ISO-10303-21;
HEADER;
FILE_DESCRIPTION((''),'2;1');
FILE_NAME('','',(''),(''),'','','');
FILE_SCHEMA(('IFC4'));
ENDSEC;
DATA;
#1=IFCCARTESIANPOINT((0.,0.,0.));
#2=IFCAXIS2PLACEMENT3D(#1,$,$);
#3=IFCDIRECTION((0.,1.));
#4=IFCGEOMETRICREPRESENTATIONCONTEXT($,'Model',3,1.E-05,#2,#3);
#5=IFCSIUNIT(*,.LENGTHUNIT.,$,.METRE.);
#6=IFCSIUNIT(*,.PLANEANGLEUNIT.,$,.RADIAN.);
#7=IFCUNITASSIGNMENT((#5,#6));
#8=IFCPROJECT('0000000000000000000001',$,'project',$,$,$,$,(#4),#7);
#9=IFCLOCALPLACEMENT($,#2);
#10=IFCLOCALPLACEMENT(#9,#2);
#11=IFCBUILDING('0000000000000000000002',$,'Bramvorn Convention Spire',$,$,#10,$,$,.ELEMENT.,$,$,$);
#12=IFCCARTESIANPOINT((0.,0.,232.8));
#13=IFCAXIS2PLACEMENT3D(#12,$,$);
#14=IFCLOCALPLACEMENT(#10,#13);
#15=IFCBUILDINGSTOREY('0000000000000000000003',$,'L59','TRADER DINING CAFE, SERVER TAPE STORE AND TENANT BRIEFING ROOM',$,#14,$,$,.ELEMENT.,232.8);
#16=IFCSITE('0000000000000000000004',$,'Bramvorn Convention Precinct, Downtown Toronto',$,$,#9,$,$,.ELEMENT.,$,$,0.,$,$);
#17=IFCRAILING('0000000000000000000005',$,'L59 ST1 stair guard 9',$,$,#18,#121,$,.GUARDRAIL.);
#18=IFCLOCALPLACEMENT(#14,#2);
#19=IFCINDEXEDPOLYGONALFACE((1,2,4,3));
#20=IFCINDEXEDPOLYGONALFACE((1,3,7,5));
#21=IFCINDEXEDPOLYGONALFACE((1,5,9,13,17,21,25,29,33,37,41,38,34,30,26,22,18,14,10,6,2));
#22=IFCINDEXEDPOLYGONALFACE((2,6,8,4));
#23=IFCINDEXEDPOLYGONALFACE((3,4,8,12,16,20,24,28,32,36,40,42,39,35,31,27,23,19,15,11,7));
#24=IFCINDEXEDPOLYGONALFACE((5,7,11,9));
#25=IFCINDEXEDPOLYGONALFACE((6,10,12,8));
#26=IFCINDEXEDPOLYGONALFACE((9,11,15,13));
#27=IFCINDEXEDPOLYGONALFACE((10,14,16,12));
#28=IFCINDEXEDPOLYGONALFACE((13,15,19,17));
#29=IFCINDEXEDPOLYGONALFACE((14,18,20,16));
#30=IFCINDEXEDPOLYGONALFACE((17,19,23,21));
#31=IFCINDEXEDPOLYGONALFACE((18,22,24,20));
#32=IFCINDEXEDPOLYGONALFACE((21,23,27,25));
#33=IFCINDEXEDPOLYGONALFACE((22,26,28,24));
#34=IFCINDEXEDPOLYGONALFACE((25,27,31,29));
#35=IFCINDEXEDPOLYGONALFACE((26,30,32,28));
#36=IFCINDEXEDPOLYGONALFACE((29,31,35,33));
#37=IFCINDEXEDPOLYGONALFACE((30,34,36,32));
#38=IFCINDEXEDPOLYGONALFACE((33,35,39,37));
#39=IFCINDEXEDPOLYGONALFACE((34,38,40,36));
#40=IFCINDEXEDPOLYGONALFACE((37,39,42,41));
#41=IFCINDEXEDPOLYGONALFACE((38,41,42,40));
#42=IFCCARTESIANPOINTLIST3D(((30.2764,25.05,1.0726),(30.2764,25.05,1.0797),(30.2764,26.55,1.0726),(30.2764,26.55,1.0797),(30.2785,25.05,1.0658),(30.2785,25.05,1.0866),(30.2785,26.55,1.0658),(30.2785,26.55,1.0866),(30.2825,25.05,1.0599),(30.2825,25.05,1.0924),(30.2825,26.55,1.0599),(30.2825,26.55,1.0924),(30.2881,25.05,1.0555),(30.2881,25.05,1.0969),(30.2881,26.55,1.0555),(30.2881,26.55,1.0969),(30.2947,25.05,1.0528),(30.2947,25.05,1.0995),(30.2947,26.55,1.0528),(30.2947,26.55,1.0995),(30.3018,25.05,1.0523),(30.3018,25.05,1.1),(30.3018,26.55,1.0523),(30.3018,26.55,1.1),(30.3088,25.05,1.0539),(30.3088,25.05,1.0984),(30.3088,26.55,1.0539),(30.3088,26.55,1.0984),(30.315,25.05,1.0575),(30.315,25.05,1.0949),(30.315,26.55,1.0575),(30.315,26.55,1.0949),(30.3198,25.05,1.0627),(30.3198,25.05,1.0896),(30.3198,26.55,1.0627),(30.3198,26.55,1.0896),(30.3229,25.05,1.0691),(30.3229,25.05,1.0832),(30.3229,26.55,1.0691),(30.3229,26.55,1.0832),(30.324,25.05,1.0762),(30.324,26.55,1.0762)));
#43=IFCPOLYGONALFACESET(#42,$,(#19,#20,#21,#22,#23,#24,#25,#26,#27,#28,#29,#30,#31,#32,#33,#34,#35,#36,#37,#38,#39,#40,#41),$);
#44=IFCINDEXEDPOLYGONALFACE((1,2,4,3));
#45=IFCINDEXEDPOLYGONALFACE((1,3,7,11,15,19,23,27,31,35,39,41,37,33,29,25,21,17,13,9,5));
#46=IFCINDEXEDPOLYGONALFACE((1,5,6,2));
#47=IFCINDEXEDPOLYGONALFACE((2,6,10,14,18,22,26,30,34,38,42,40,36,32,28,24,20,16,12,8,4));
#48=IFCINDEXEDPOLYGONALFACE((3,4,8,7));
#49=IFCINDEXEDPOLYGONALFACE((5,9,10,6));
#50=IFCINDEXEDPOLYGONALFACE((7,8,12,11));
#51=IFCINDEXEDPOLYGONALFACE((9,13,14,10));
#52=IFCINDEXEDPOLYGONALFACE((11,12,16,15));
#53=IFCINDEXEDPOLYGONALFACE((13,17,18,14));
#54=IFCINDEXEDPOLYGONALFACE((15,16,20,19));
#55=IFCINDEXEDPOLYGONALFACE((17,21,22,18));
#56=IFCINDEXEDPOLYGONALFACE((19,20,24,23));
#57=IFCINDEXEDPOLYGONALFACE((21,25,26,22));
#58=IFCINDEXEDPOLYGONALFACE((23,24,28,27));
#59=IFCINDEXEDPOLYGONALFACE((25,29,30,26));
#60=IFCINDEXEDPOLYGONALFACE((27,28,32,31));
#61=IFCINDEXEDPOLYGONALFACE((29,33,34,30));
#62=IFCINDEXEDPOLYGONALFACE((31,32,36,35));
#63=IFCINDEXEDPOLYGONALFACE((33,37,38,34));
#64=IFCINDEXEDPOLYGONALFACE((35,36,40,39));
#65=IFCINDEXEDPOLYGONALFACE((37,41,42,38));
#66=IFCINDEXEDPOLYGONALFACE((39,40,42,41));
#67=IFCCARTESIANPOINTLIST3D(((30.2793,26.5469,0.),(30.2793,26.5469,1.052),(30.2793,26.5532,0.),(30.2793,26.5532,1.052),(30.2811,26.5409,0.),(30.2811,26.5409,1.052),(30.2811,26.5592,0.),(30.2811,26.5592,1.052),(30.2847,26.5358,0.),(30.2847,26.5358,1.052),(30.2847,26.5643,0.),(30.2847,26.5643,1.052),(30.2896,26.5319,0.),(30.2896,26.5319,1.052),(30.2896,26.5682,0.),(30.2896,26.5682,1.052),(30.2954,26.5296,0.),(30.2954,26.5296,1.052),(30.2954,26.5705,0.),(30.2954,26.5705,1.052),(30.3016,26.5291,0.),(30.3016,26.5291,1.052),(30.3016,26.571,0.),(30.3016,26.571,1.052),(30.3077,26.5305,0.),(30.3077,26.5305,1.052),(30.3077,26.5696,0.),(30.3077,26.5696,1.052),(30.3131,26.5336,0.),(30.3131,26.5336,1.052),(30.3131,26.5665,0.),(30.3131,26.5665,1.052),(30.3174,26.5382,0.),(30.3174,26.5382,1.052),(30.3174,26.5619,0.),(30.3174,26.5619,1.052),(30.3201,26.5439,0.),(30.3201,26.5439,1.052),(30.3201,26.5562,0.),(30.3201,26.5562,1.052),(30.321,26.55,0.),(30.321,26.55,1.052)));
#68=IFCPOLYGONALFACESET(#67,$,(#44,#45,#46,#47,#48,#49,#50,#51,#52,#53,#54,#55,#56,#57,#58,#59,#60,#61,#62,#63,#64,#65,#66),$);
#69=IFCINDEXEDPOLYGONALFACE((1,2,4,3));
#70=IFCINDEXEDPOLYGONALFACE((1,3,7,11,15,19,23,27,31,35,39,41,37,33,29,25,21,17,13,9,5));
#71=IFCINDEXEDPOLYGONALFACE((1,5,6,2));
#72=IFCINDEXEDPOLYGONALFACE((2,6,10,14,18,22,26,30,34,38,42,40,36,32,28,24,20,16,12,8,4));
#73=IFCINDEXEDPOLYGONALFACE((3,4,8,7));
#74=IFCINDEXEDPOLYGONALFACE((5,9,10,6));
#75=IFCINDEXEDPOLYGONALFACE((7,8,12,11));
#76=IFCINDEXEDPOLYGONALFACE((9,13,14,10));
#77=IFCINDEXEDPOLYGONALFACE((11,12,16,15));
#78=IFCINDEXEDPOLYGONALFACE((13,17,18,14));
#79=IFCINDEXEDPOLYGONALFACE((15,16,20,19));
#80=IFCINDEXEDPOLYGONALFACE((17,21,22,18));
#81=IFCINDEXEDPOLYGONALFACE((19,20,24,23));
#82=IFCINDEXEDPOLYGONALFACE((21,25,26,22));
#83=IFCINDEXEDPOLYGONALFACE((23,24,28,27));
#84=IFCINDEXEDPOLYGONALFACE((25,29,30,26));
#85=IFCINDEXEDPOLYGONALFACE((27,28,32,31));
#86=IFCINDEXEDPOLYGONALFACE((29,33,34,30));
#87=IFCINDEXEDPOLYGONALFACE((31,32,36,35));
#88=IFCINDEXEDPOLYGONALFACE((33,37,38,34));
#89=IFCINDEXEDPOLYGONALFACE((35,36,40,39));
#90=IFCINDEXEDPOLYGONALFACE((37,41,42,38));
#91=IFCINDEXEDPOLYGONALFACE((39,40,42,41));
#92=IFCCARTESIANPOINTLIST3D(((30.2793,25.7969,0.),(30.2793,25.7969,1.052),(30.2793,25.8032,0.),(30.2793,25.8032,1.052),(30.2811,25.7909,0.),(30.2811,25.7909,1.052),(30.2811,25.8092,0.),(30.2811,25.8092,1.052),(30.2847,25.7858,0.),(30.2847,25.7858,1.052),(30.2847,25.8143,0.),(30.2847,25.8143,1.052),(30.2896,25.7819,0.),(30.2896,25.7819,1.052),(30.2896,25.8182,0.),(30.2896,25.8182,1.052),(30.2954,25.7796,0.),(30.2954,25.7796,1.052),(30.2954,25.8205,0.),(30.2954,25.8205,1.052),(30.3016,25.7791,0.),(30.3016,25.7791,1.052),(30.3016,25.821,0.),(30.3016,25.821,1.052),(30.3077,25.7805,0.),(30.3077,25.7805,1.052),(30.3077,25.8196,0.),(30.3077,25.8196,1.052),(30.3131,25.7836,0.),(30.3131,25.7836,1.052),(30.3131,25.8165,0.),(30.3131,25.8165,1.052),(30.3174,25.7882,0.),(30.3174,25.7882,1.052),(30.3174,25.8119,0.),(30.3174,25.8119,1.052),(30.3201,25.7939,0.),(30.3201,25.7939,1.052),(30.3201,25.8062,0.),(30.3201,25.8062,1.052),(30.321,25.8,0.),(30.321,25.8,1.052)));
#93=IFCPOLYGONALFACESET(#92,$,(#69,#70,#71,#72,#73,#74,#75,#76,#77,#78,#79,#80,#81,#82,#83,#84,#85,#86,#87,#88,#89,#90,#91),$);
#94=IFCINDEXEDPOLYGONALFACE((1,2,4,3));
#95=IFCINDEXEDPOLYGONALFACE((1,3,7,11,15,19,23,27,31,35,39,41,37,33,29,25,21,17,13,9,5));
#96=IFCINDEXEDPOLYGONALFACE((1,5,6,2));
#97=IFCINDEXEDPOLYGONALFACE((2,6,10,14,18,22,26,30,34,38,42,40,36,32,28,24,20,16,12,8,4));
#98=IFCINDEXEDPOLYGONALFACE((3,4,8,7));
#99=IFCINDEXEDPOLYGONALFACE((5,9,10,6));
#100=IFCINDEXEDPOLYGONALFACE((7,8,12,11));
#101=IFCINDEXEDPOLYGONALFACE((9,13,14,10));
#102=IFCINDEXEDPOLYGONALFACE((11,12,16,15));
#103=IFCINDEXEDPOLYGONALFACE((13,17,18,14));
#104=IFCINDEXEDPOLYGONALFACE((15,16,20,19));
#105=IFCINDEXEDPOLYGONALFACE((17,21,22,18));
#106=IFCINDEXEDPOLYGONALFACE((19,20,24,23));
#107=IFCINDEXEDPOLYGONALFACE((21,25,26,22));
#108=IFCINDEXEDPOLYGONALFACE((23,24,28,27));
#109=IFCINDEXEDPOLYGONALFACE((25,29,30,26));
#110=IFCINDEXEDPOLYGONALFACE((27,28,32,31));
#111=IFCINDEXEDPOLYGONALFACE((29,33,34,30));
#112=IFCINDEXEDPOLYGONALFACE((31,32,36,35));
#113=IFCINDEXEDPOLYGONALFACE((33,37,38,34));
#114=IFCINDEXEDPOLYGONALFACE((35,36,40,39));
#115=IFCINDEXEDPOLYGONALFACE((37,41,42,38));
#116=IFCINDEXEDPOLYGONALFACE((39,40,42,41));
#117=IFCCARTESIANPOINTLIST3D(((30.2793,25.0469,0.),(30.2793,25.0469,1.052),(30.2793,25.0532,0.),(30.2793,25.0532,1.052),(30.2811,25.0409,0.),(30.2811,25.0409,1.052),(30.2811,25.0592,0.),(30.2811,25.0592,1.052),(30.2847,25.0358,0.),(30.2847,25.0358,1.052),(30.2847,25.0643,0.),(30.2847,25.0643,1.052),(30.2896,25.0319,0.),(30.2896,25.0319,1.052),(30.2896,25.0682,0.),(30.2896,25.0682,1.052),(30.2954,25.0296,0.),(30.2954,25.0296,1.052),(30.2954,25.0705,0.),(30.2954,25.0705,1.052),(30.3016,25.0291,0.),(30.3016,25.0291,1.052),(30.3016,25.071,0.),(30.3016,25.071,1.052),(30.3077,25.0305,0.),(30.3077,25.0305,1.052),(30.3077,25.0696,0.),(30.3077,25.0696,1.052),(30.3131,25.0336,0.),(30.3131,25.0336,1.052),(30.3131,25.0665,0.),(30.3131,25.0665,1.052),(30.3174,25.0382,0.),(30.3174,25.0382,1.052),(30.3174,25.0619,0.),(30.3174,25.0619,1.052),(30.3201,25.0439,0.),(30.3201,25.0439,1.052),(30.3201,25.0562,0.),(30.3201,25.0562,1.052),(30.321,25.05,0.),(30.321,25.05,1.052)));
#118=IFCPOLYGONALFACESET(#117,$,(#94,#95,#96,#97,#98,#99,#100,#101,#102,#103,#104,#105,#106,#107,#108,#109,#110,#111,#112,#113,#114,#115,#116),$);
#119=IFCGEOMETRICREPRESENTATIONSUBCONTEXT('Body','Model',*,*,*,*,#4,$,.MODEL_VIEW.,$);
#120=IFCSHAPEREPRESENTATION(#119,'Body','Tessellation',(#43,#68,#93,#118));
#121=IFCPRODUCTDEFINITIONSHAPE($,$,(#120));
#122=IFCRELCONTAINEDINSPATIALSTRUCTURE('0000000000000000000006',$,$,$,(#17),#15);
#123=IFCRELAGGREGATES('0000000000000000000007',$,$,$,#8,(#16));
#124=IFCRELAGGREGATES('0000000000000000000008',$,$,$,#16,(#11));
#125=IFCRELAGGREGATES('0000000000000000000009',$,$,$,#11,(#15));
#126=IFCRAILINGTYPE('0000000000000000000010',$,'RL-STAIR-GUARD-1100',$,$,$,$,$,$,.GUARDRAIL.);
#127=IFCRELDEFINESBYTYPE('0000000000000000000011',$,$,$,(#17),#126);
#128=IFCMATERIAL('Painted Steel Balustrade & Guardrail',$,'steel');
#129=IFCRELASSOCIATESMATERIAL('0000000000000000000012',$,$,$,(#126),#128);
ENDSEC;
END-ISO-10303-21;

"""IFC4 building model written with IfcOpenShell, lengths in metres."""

from ifc_helpers import new_model, si_unit, direction, frame, origin, origin_2d, place, context, subcontext, project, spatial, circle, extrude, material, type_object, element, save


model = new_model("IFC4")

# Units and contexts
model_context = context("Model", 3, precision=1e-05, world=origin(), true_north=direction((0.0, 1.0)))
body_context = subcontext(model_context, "Body", "Model", "MODEL_VIEW")
ifc_project = project(units=[si_unit("LENGTHUNIT", "METRE"), si_unit("PLANEANGLEUNIT", "RADIAN")], contexts=[model_context])

# Site, building, storey
site_placement = place(None, origin())
site = spatial("IfcSite", under=ifc_project, at=site_placement, Name="Bramvorn Convention Precinct, Downtown Toronto", CompositionType="ELEMENT", RefElevation=0.0)
building_placement = place(site_placement, origin())
building = spatial("IfcBuilding", under=site, at=building_placement, Name="Bramvorn Convention Spire", CompositionType="ELEMENT")
storey_placement = place(building_placement, frame((0.0, 0.0, 232.8)))
storey = spatial("IfcBuildingStorey", under=building, at=storey_placement, Name="L59", Description="TRADER DINING CAFE, SERVER TAPE STORE AND TENANT BRIEFING ROOM", CompositionType="ELEMENT", Elevation=232.8)

# Railing
ifc_material_1 = material(Name="Painted Steel Balustrade & Guardrail", Category="steel")
railing_type_1 = type_object("IfcRailingType", Name="RL-STAIR-GUARD-1100", PredefinedType="GUARDRAIL", material=ifc_material_1)
railing_1_placement = place(storey_placement, frame((30.3, 26.55, 0.0)))
element("IfcRailing", 1, at=railing_1_placement, inside=storey, type_object=railing_type_1, Name="L59 ST1 stair guard 9", PredefinedType="GUARDRAIL", context=body_context, shape_type="SweptSolid", body=[
    extrude(circle(Radius=0.0239, at=origin_2d()), frame((0.0, 0.0, 1.0762), z_axis=(0.0, -1.0, 0.0), x_axis=(1.0, 0.0, 0.0)), (0.0, 0.0, 1.0), 1.5),
    extrude(circle(Radius=0.021, at=origin_2d()), origin(), (0.0, 0.0, 1.0), 1.052),
    extrude(circle(Radius=0.021, at=origin_2d()), frame((0.0, -0.75, 0.0)), (0.0, 0.0, 1.0), 1.052),
    extrude(circle(Radius=0.021, at=origin_2d()), frame((0.0, -1.5, 0.0)), (0.0, 0.0, 1.0), 1.052),
])

save(model, "model.ifc")
